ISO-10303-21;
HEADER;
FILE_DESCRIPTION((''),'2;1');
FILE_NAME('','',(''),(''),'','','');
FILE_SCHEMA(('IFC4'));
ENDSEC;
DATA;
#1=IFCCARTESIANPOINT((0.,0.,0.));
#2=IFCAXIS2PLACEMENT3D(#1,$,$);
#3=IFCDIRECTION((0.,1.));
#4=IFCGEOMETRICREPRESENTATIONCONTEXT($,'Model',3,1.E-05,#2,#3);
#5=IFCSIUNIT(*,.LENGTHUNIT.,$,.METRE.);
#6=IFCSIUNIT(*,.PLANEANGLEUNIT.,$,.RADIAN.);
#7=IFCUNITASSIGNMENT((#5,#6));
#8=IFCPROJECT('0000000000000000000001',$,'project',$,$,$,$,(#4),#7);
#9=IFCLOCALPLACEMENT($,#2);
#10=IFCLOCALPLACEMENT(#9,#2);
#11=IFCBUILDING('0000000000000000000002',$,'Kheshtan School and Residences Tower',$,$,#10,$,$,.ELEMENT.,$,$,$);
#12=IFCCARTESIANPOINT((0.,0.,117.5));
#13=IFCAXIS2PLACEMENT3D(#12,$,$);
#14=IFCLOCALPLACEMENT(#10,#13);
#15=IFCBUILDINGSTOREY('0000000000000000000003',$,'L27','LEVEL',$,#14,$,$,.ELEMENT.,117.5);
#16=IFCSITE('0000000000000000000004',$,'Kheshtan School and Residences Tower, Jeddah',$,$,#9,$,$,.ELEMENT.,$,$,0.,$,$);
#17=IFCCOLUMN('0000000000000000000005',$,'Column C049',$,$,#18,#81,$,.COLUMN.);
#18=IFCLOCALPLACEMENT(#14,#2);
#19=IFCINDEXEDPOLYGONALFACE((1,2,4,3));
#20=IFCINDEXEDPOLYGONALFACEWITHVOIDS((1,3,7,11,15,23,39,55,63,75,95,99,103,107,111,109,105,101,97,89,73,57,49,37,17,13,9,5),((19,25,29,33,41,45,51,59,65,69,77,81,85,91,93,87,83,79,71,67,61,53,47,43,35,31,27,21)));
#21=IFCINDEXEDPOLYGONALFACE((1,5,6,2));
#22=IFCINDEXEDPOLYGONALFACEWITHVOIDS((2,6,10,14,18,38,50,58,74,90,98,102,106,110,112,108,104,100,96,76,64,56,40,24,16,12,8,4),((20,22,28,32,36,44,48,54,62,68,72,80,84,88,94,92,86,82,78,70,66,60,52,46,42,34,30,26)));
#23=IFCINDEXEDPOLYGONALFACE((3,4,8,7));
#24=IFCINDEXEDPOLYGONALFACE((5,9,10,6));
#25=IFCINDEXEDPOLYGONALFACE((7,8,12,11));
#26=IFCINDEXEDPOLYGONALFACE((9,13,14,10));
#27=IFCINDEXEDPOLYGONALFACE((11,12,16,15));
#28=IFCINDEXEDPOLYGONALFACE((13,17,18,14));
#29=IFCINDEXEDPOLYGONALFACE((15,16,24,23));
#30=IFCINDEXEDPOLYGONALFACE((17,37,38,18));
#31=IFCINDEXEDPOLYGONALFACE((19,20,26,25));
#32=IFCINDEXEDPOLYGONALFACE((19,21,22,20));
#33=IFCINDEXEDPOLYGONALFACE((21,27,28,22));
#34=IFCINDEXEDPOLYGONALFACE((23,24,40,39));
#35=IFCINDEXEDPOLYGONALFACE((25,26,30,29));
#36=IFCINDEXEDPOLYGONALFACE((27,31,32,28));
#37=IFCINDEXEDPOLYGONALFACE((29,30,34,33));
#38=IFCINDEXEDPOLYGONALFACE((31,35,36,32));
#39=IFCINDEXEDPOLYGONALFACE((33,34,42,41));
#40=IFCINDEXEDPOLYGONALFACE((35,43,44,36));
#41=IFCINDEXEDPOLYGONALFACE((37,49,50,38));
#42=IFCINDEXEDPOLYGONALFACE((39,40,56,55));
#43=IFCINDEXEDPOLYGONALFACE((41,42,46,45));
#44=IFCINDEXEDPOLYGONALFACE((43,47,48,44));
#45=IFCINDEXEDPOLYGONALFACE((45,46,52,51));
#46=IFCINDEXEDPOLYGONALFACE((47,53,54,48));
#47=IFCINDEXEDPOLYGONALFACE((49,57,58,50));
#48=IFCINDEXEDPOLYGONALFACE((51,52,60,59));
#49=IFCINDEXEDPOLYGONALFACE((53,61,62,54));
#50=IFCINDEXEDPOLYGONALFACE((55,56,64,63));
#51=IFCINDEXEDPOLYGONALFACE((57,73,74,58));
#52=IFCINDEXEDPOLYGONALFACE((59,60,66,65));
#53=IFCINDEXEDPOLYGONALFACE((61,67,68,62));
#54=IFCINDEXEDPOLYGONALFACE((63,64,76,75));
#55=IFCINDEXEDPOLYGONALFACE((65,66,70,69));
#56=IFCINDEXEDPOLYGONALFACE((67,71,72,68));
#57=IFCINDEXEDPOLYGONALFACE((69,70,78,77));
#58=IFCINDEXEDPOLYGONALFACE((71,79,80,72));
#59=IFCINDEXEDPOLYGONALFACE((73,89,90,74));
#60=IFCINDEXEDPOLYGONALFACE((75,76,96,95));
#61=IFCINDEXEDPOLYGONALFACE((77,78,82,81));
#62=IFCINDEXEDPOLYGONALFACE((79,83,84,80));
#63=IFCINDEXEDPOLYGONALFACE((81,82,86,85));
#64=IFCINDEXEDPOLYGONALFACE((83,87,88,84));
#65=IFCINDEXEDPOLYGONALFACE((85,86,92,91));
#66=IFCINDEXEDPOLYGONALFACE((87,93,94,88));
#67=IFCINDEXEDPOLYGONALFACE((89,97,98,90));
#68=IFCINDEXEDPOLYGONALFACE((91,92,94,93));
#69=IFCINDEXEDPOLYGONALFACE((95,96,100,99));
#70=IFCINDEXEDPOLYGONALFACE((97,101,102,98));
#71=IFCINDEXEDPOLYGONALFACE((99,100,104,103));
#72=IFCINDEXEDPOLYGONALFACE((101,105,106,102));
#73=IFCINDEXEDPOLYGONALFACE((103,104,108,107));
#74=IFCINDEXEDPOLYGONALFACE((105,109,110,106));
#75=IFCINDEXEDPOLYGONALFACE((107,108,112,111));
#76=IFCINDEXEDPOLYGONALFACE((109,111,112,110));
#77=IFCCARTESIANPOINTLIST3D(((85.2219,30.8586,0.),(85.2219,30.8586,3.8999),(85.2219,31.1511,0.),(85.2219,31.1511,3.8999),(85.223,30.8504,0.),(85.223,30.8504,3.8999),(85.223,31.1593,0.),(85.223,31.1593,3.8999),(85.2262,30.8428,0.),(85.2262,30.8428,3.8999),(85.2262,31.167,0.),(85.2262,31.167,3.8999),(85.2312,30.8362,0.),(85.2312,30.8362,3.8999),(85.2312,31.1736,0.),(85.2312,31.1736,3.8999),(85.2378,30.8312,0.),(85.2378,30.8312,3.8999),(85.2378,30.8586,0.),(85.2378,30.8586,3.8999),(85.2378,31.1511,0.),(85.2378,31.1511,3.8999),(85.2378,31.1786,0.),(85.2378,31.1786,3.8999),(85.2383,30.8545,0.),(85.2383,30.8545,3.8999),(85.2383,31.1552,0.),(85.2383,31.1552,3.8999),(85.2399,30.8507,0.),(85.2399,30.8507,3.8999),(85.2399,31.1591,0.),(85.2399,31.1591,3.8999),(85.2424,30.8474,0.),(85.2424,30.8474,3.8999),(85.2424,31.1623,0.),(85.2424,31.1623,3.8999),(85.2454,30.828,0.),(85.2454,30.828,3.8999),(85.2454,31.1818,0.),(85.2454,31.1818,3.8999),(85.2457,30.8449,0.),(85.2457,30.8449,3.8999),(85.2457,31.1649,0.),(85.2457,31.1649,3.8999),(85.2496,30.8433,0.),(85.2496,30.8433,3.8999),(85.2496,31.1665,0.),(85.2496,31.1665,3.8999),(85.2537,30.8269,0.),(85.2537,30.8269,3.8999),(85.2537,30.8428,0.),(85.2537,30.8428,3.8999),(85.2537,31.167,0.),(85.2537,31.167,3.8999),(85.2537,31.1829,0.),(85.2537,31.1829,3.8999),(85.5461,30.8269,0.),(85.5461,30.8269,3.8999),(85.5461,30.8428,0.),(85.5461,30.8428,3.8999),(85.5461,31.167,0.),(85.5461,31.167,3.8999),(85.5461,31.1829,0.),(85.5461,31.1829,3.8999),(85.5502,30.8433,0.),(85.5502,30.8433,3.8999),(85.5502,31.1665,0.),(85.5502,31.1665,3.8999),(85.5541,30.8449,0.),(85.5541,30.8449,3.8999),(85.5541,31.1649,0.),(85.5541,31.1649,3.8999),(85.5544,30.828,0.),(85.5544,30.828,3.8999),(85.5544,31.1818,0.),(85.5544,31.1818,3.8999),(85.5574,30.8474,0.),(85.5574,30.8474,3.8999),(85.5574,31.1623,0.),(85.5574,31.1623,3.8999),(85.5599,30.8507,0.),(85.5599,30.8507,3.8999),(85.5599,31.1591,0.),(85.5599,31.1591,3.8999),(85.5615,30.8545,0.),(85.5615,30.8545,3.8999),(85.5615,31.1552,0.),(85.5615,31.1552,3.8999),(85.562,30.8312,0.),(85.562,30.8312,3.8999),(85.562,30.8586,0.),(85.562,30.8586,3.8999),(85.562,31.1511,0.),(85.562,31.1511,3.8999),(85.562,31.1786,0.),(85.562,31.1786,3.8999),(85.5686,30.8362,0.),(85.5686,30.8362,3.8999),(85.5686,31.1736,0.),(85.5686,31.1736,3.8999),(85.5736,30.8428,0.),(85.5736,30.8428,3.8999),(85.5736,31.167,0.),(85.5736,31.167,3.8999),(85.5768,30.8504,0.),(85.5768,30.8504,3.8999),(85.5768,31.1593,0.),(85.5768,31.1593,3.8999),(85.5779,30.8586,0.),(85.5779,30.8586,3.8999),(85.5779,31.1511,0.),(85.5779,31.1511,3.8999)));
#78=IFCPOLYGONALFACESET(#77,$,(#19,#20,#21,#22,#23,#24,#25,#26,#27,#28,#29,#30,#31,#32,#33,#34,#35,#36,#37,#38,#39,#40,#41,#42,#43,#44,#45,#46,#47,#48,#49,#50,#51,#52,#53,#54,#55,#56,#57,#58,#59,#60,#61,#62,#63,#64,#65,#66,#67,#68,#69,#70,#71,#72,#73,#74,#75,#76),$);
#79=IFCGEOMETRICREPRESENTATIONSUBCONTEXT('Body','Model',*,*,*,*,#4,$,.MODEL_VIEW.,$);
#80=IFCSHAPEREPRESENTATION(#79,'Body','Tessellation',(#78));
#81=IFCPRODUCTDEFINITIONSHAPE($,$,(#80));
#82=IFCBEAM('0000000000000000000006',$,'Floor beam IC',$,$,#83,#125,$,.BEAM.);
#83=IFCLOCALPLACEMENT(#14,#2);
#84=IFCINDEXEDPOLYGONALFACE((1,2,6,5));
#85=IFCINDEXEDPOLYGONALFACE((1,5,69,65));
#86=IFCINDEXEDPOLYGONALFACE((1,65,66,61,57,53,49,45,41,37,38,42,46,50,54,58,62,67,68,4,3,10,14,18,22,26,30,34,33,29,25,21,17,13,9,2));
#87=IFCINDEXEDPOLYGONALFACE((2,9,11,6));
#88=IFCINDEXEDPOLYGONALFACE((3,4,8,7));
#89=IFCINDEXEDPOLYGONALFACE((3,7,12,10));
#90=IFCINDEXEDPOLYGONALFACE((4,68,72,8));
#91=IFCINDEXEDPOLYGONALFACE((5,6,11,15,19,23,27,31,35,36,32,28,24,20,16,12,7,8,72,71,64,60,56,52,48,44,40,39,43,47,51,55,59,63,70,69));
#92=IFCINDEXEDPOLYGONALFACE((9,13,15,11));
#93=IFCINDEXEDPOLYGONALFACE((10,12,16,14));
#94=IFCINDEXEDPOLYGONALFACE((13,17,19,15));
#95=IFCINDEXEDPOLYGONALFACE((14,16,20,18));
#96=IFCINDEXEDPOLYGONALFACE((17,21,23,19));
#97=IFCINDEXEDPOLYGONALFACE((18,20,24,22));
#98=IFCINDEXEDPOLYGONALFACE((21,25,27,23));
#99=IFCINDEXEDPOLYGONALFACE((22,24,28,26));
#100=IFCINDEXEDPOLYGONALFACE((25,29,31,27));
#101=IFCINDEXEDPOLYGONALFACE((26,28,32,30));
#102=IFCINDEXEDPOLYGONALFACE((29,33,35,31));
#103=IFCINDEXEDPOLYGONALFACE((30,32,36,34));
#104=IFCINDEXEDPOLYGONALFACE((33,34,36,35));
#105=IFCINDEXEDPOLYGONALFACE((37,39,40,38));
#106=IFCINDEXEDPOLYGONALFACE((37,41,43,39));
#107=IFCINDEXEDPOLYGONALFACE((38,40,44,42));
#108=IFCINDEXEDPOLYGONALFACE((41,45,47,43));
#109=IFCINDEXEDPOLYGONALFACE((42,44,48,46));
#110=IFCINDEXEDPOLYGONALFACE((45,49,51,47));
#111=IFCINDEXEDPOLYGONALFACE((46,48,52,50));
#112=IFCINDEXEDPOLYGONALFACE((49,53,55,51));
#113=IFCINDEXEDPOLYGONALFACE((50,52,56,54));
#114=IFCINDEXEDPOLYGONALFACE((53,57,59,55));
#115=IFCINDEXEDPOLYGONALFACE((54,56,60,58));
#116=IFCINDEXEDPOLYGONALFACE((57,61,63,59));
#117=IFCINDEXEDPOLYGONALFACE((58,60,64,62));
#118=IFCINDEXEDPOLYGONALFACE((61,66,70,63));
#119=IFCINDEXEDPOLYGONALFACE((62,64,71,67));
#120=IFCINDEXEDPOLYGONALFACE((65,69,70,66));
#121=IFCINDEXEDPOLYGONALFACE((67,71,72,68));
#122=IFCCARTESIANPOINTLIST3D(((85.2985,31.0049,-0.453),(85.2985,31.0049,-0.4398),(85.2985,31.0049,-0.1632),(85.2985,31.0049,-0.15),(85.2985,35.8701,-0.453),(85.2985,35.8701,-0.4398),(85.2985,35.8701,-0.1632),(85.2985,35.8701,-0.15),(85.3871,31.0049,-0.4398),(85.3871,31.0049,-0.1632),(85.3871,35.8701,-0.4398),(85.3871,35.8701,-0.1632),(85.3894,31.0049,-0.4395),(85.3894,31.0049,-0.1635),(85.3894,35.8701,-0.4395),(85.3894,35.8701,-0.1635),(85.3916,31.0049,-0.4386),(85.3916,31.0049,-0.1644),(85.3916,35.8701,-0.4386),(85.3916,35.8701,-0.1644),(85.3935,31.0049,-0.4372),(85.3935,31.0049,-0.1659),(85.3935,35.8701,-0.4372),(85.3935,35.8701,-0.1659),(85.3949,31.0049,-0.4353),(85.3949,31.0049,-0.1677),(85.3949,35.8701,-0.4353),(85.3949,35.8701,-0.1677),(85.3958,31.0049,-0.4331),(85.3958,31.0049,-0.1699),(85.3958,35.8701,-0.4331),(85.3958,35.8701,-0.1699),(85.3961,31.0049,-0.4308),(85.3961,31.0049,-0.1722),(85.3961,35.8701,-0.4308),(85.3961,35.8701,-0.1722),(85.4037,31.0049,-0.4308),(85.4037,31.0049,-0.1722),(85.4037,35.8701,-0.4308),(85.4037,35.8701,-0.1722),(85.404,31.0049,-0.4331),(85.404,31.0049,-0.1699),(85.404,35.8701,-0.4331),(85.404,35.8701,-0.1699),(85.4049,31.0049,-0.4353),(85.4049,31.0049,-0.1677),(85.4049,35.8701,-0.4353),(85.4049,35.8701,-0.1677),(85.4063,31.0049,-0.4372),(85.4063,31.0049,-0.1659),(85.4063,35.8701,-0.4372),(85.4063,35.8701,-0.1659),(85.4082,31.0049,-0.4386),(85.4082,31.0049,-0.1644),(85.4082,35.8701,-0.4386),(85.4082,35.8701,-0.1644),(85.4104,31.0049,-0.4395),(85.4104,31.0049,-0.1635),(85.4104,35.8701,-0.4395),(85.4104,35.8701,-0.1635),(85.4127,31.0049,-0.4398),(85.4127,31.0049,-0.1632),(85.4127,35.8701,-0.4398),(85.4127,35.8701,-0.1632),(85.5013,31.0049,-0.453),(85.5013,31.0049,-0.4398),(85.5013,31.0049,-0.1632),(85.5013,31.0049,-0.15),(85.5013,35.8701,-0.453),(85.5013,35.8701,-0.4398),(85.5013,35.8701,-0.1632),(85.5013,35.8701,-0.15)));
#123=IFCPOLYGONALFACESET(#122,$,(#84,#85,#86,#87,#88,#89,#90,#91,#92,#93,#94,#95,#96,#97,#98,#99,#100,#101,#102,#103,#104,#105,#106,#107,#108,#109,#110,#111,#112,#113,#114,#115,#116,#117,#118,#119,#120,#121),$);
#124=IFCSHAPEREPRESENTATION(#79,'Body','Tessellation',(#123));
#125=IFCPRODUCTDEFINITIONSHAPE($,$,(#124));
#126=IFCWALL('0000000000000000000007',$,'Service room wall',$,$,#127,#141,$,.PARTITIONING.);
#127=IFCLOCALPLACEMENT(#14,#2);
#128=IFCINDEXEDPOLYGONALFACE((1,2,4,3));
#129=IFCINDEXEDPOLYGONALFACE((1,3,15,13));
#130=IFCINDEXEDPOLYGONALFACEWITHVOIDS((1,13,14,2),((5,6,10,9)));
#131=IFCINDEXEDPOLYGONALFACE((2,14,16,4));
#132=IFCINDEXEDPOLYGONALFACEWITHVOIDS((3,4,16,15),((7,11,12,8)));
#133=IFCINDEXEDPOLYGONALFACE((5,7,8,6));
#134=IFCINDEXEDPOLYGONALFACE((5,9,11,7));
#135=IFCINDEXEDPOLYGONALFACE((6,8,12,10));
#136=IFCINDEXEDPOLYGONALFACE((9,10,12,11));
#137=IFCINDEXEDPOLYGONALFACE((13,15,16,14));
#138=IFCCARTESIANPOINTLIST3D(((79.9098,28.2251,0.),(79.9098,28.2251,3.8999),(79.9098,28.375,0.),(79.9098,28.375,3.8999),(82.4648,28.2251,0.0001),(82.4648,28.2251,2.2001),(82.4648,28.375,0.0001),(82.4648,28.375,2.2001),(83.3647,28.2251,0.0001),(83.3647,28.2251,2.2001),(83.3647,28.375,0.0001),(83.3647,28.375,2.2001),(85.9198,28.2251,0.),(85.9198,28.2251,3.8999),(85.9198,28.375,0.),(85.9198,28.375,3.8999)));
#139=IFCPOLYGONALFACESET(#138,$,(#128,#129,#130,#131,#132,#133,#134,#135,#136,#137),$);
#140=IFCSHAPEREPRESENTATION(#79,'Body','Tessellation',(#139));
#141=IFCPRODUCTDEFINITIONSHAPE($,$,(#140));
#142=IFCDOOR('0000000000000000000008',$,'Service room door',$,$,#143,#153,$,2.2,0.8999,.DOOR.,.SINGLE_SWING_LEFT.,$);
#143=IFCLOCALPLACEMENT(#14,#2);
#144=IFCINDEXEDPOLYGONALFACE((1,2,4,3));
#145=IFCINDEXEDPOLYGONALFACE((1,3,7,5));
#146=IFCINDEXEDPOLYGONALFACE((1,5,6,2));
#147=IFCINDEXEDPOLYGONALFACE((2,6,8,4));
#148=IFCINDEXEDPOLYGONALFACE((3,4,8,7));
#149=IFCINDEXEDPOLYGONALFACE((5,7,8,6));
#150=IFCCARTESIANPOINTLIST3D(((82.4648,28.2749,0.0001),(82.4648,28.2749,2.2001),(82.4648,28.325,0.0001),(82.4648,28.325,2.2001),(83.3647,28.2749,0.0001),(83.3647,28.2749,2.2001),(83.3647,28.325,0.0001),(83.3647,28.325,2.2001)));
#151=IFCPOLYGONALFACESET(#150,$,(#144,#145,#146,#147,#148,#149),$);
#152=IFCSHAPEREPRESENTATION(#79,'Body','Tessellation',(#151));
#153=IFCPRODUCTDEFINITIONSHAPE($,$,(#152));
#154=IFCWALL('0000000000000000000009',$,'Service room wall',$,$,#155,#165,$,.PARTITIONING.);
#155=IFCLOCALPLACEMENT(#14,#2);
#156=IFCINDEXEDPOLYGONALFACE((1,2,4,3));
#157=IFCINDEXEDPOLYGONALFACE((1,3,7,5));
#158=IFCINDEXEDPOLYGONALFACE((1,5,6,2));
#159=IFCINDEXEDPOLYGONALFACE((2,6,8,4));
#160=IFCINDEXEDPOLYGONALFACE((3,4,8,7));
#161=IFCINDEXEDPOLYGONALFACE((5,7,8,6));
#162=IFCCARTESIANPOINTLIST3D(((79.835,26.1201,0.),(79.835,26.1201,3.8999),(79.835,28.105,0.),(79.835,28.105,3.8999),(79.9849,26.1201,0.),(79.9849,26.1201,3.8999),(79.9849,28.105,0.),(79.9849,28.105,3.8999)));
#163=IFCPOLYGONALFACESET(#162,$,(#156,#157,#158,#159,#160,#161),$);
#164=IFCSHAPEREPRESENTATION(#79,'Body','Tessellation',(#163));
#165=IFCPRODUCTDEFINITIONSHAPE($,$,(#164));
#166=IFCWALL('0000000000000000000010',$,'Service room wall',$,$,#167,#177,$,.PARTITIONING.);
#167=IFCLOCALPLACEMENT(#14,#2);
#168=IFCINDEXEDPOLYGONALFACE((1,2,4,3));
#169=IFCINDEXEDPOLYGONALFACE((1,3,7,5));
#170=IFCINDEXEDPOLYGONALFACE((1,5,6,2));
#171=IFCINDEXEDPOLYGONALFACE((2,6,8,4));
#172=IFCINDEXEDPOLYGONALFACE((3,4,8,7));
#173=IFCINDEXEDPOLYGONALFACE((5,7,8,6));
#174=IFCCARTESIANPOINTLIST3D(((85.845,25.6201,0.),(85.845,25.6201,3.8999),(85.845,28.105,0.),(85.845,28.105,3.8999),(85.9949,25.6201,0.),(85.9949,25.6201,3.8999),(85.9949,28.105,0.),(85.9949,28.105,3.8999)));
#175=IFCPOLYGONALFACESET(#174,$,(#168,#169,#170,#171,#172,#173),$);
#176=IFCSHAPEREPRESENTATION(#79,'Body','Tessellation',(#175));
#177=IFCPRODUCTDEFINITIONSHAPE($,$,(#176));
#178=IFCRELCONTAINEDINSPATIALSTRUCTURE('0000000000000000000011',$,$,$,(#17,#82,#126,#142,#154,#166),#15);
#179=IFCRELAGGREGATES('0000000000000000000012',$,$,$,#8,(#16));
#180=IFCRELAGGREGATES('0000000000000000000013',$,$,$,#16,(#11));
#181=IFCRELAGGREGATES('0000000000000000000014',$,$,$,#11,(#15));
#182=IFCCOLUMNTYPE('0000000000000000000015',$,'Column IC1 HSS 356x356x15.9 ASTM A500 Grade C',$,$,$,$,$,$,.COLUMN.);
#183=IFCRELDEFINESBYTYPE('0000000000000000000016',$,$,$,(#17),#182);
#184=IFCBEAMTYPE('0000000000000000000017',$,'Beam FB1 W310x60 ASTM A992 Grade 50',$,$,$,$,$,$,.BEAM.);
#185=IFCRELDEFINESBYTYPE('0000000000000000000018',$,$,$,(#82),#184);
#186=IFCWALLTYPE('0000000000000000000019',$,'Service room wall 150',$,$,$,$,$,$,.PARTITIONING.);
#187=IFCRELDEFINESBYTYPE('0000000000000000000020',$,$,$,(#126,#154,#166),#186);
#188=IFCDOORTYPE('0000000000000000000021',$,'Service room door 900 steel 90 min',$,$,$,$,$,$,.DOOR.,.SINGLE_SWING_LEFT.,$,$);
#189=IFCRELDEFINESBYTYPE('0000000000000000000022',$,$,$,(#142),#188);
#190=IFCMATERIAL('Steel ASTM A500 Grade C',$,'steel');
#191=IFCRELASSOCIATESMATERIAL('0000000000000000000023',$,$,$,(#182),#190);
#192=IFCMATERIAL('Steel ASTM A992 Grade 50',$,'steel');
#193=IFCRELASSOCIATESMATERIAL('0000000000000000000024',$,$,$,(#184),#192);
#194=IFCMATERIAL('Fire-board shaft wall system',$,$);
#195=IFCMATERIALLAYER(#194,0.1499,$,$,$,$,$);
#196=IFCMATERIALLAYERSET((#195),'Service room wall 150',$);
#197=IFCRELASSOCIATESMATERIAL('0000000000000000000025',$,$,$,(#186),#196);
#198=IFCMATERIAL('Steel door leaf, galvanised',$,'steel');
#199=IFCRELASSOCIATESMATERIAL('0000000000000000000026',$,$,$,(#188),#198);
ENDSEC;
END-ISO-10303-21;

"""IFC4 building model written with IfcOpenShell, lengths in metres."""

from ifc_helpers import new_model, si_unit, direction, frame, frame_2d, origin, origin_2d, place, context, subcontext, project, spatial, rectangle, hollow_rectangle, i_section, extrude, source, transform, mapped, material, layer, layer_set, material_profile, profile_set, type_object, element, fill, save


model = new_model("IFC4")

# Units and contexts
model_context = context("Model", 3, precision=1e-05, world=origin(), true_north=direction((0.0, 1.0)))
body_context = subcontext(model_context, "Body", "Model", "MODEL_VIEW")
ifc_project = project(units=[si_unit("LENGTHUNIT", "METRE"), si_unit("PLANEANGLEUNIT", "RADIAN")], contexts=[model_context])

# Site, building, storey
site_placement = place(None, origin())
site = spatial("IfcSite", under=ifc_project, at=site_placement, Name="Kheshtan School and Residences Tower, Jeddah", CompositionType="ELEMENT", RefElevation=0.0)
building_placement = place(site_placement, origin())
building = spatial("IfcBuilding", under=site, at=building_placement, Name="Kheshtan School and Residences Tower", CompositionType="ELEMENT")
storey_placement = place(building_placement, frame((0.0, 0.0, 117.5)))
storey = spatial("IfcBuildingStorey", under=building, at=storey_placement, Name="L27", Description="LEVEL", CompositionType="ELEMENT", Elevation=117.5)

# Column
ifc_material_1 = material(Name="Steel ASTM A500 Grade C", Category="steel")
ifc_material_profile_1 = material_profile(ifc_material_1, hollow_rectangle(XDim=0.356, YDim=0.356, WallThickness=0.0159, InnerFilletRadius=0.0159, OuterFilletRadius=0.0317, at=origin_2d()), Name="HSS 356x356x15.9")
ifc_profile_set_1 = profile_set([ifc_material_profile_1], Name="Steel ASTM A500 Grade C")
column_type = type_object("IfcColumnType", Name="Column IC1 HSS 356x356x15.9 ASTM A500 Grade C", PredefinedType="COLUMN", material=ifc_profile_set_1)
column_placement = place(storey_placement, frame((85.3999, 31.0049, 0.0), z_axis=(0.0, 0.0, 1.0), x_axis=(1.0, 0.0, 0.0)))
element("IfcColumn", 1, at=column_placement, inside=storey, type_object=column_type, Name="Column C049", PredefinedType="COLUMN", context=body_context, shape_type="SweptSolid", body=[
    extrude(hollow_rectangle(XDim=0.356, YDim=0.356, WallThickness=0.0159, InnerFilletRadius=0.0159, OuterFilletRadius=0.0317, at=origin_2d()), origin(), (0.0, 0.0, 1.0), 3.8999),
])

# Beam
ifc_material_2 = material(Name="Steel ASTM A992 Grade 50", Category="steel")
ifc_material_profile_2 = material_profile(ifc_material_2, i_section(OverallWidth=0.2029, OverallDepth=0.303, WebThickness=0.0076, FlangeThickness=0.0132, FilletRadius=0.009, at=origin_2d()), Name="W310x60")
ifc_profile_set_2 = profile_set([ifc_material_profile_2], Name="Steel ASTM A992 Grade 50")
beam_type = type_object("IfcBeamType", Name="Beam FB1 W310x60 ASTM A992 Grade 50", PredefinedType="BEAM", material=ifc_profile_set_2)
beam_placement = place(storey_placement, frame((85.3999, 31.0049, -0.3015), z_axis=(0.0, 1.0, 0.0), x_axis=(-1.0, 0.0, 0.0)))
element("IfcBeam", 2, at=beam_placement, inside=storey, type_object=beam_type, Name="Floor beam IC", PredefinedType="BEAM", context=body_context, shape_type="SweptSolid", body=[
    extrude(i_section(OverallWidth=0.2029, OverallDepth=0.303, WebThickness=0.0076, FlangeThickness=0.0132, FilletRadius=0.009, at=origin_2d()), origin(), (0.0, 0.0, 1.0), 4.8652),
])

# Wall, opening, door
ifc_material_3 = material(Name="Fire-board shaft wall system")
ifc_layer_1 = layer(ifc_material_3, 0.1499)
ifc_layer_set_1 = layer_set([ifc_layer_1], Name="Service room wall 150")
wall_type_1 = type_object("IfcWallType", Name="Service room wall 150", PredefinedType="PARTITIONING", material=ifc_layer_set_1)
wall_1_placement = place(storey_placement, frame((79.9099, 28.3, 0.0), z_axis=(0.0, 0.0, 1.0), x_axis=(1.0, 0.0, 0.0)))
wall_1 = element("IfcWall", 3, at=wall_1_placement, inside=storey, type_object=wall_type_1, Name="Service room wall", PredefinedType="PARTITIONING", context=body_context, shape_type="SweptSolid", body=[
    extrude(rectangle(XDim=6.01, YDim=0.1499, at=frame_2d((3.0049, 0.0))), origin(), (0.0, 0.0, 1.0), 3.8999),
])
opening_1_placement = place(wall_1_placement, frame((2.5549, 0.0, 0.0)))
opening_1 = element("IfcOpeningElement", 4, at=opening_1_placement, cuts=wall_1, PredefinedType="OPENING", context=body_context, shape_type="SweptSolid", body=[
    extrude(rectangle(XDim=0.8999, YDim=2.2, at=frame_2d((0.45, 1.1001))), frame((0.0, 0.085, 0.0), z_axis=(0.0, -1.0, 0.0), x_axis=(1.0, 0.0, 0.0)), (0.0, 0.0, 1.0), 0.1699),
])
ifc_material_4 = material(Name="Steel door leaf, galvanised", Category="steel")
door_type_1 = type_object("IfcDoorType", Name="Service room door 900 steel 90 min", OperationType="SINGLE_SWING_LEFT", PredefinedType="DOOR", material=ifc_material_4)
shared_shape_1 = source(origin(), body_context, "Body", "SweptSolid", [
    extrude(rectangle(XDim=0.8999, YDim=2.2, at=frame_2d((0.45, 1.1001))), frame((0.0, 0.0249, 0.0), z_axis=(0.0, -1.0, 0.0), x_axis=(1.0, 0.0, 0.0)), (0.0, 0.0, 1.0), 0.05),
])
door_1_placement = place(opening_1_placement, origin())
door_1 = element("IfcDoor", 5, at=door_1_placement, inside=storey, type_object=door_type_1, Name="Service room door", OperationType="SINGLE_SWING_LEFT", OverallHeight=2.2, OverallWidth=0.8999, PredefinedType="DOOR", context=body_context, shape_type="MappedRepresentation", body=[
    mapped(shared_shape_1, transform((0.0, 0.0, 0.0), x_axis=(1.0, 0.0, 0.0), y_axis=(0.0, 1.0, 0.0), z_axis=(0.0, 0.0, 1.0), scale=1.0)),
])
fill(opening_1, door_1)

# Walls
wall_2_placement = place(storey_placement, frame((79.9099, 26.1201, 0.0), z_axis=(0.0, 0.0, 1.0), x_axis=(0.0, 1.0, 0.0)))
element("IfcWall", 6, at=wall_2_placement, inside=storey, type_object=wall_type_1, Name="Service room wall", PredefinedType="PARTITIONING", context=body_context, shape_type="SweptSolid", body=[
    extrude(rectangle(XDim=1.9849, YDim=0.1499, at=frame_2d((0.9924, 0.0))), origin(), (0.0, 0.0, 1.0), 3.8999),
])
wall_3_placement = place(storey_placement, frame((85.9199, 25.6201, 0.0), z_axis=(0.0, 0.0, 1.0), x_axis=(0.0, 1.0, 0.0)))
element("IfcWall", 7, at=wall_3_placement, inside=storey, type_object=wall_type_1, Name="Service room wall", PredefinedType="PARTITIONING", context=body_context, shape_type="SweptSolid", body=[
    extrude(rectangle(XDim=2.4849, YDim=0.1499, at=frame_2d((1.2424, 0.0))), origin(), (0.0, 0.0, 1.0), 3.8999),
])

save(model, "model.ifc")
